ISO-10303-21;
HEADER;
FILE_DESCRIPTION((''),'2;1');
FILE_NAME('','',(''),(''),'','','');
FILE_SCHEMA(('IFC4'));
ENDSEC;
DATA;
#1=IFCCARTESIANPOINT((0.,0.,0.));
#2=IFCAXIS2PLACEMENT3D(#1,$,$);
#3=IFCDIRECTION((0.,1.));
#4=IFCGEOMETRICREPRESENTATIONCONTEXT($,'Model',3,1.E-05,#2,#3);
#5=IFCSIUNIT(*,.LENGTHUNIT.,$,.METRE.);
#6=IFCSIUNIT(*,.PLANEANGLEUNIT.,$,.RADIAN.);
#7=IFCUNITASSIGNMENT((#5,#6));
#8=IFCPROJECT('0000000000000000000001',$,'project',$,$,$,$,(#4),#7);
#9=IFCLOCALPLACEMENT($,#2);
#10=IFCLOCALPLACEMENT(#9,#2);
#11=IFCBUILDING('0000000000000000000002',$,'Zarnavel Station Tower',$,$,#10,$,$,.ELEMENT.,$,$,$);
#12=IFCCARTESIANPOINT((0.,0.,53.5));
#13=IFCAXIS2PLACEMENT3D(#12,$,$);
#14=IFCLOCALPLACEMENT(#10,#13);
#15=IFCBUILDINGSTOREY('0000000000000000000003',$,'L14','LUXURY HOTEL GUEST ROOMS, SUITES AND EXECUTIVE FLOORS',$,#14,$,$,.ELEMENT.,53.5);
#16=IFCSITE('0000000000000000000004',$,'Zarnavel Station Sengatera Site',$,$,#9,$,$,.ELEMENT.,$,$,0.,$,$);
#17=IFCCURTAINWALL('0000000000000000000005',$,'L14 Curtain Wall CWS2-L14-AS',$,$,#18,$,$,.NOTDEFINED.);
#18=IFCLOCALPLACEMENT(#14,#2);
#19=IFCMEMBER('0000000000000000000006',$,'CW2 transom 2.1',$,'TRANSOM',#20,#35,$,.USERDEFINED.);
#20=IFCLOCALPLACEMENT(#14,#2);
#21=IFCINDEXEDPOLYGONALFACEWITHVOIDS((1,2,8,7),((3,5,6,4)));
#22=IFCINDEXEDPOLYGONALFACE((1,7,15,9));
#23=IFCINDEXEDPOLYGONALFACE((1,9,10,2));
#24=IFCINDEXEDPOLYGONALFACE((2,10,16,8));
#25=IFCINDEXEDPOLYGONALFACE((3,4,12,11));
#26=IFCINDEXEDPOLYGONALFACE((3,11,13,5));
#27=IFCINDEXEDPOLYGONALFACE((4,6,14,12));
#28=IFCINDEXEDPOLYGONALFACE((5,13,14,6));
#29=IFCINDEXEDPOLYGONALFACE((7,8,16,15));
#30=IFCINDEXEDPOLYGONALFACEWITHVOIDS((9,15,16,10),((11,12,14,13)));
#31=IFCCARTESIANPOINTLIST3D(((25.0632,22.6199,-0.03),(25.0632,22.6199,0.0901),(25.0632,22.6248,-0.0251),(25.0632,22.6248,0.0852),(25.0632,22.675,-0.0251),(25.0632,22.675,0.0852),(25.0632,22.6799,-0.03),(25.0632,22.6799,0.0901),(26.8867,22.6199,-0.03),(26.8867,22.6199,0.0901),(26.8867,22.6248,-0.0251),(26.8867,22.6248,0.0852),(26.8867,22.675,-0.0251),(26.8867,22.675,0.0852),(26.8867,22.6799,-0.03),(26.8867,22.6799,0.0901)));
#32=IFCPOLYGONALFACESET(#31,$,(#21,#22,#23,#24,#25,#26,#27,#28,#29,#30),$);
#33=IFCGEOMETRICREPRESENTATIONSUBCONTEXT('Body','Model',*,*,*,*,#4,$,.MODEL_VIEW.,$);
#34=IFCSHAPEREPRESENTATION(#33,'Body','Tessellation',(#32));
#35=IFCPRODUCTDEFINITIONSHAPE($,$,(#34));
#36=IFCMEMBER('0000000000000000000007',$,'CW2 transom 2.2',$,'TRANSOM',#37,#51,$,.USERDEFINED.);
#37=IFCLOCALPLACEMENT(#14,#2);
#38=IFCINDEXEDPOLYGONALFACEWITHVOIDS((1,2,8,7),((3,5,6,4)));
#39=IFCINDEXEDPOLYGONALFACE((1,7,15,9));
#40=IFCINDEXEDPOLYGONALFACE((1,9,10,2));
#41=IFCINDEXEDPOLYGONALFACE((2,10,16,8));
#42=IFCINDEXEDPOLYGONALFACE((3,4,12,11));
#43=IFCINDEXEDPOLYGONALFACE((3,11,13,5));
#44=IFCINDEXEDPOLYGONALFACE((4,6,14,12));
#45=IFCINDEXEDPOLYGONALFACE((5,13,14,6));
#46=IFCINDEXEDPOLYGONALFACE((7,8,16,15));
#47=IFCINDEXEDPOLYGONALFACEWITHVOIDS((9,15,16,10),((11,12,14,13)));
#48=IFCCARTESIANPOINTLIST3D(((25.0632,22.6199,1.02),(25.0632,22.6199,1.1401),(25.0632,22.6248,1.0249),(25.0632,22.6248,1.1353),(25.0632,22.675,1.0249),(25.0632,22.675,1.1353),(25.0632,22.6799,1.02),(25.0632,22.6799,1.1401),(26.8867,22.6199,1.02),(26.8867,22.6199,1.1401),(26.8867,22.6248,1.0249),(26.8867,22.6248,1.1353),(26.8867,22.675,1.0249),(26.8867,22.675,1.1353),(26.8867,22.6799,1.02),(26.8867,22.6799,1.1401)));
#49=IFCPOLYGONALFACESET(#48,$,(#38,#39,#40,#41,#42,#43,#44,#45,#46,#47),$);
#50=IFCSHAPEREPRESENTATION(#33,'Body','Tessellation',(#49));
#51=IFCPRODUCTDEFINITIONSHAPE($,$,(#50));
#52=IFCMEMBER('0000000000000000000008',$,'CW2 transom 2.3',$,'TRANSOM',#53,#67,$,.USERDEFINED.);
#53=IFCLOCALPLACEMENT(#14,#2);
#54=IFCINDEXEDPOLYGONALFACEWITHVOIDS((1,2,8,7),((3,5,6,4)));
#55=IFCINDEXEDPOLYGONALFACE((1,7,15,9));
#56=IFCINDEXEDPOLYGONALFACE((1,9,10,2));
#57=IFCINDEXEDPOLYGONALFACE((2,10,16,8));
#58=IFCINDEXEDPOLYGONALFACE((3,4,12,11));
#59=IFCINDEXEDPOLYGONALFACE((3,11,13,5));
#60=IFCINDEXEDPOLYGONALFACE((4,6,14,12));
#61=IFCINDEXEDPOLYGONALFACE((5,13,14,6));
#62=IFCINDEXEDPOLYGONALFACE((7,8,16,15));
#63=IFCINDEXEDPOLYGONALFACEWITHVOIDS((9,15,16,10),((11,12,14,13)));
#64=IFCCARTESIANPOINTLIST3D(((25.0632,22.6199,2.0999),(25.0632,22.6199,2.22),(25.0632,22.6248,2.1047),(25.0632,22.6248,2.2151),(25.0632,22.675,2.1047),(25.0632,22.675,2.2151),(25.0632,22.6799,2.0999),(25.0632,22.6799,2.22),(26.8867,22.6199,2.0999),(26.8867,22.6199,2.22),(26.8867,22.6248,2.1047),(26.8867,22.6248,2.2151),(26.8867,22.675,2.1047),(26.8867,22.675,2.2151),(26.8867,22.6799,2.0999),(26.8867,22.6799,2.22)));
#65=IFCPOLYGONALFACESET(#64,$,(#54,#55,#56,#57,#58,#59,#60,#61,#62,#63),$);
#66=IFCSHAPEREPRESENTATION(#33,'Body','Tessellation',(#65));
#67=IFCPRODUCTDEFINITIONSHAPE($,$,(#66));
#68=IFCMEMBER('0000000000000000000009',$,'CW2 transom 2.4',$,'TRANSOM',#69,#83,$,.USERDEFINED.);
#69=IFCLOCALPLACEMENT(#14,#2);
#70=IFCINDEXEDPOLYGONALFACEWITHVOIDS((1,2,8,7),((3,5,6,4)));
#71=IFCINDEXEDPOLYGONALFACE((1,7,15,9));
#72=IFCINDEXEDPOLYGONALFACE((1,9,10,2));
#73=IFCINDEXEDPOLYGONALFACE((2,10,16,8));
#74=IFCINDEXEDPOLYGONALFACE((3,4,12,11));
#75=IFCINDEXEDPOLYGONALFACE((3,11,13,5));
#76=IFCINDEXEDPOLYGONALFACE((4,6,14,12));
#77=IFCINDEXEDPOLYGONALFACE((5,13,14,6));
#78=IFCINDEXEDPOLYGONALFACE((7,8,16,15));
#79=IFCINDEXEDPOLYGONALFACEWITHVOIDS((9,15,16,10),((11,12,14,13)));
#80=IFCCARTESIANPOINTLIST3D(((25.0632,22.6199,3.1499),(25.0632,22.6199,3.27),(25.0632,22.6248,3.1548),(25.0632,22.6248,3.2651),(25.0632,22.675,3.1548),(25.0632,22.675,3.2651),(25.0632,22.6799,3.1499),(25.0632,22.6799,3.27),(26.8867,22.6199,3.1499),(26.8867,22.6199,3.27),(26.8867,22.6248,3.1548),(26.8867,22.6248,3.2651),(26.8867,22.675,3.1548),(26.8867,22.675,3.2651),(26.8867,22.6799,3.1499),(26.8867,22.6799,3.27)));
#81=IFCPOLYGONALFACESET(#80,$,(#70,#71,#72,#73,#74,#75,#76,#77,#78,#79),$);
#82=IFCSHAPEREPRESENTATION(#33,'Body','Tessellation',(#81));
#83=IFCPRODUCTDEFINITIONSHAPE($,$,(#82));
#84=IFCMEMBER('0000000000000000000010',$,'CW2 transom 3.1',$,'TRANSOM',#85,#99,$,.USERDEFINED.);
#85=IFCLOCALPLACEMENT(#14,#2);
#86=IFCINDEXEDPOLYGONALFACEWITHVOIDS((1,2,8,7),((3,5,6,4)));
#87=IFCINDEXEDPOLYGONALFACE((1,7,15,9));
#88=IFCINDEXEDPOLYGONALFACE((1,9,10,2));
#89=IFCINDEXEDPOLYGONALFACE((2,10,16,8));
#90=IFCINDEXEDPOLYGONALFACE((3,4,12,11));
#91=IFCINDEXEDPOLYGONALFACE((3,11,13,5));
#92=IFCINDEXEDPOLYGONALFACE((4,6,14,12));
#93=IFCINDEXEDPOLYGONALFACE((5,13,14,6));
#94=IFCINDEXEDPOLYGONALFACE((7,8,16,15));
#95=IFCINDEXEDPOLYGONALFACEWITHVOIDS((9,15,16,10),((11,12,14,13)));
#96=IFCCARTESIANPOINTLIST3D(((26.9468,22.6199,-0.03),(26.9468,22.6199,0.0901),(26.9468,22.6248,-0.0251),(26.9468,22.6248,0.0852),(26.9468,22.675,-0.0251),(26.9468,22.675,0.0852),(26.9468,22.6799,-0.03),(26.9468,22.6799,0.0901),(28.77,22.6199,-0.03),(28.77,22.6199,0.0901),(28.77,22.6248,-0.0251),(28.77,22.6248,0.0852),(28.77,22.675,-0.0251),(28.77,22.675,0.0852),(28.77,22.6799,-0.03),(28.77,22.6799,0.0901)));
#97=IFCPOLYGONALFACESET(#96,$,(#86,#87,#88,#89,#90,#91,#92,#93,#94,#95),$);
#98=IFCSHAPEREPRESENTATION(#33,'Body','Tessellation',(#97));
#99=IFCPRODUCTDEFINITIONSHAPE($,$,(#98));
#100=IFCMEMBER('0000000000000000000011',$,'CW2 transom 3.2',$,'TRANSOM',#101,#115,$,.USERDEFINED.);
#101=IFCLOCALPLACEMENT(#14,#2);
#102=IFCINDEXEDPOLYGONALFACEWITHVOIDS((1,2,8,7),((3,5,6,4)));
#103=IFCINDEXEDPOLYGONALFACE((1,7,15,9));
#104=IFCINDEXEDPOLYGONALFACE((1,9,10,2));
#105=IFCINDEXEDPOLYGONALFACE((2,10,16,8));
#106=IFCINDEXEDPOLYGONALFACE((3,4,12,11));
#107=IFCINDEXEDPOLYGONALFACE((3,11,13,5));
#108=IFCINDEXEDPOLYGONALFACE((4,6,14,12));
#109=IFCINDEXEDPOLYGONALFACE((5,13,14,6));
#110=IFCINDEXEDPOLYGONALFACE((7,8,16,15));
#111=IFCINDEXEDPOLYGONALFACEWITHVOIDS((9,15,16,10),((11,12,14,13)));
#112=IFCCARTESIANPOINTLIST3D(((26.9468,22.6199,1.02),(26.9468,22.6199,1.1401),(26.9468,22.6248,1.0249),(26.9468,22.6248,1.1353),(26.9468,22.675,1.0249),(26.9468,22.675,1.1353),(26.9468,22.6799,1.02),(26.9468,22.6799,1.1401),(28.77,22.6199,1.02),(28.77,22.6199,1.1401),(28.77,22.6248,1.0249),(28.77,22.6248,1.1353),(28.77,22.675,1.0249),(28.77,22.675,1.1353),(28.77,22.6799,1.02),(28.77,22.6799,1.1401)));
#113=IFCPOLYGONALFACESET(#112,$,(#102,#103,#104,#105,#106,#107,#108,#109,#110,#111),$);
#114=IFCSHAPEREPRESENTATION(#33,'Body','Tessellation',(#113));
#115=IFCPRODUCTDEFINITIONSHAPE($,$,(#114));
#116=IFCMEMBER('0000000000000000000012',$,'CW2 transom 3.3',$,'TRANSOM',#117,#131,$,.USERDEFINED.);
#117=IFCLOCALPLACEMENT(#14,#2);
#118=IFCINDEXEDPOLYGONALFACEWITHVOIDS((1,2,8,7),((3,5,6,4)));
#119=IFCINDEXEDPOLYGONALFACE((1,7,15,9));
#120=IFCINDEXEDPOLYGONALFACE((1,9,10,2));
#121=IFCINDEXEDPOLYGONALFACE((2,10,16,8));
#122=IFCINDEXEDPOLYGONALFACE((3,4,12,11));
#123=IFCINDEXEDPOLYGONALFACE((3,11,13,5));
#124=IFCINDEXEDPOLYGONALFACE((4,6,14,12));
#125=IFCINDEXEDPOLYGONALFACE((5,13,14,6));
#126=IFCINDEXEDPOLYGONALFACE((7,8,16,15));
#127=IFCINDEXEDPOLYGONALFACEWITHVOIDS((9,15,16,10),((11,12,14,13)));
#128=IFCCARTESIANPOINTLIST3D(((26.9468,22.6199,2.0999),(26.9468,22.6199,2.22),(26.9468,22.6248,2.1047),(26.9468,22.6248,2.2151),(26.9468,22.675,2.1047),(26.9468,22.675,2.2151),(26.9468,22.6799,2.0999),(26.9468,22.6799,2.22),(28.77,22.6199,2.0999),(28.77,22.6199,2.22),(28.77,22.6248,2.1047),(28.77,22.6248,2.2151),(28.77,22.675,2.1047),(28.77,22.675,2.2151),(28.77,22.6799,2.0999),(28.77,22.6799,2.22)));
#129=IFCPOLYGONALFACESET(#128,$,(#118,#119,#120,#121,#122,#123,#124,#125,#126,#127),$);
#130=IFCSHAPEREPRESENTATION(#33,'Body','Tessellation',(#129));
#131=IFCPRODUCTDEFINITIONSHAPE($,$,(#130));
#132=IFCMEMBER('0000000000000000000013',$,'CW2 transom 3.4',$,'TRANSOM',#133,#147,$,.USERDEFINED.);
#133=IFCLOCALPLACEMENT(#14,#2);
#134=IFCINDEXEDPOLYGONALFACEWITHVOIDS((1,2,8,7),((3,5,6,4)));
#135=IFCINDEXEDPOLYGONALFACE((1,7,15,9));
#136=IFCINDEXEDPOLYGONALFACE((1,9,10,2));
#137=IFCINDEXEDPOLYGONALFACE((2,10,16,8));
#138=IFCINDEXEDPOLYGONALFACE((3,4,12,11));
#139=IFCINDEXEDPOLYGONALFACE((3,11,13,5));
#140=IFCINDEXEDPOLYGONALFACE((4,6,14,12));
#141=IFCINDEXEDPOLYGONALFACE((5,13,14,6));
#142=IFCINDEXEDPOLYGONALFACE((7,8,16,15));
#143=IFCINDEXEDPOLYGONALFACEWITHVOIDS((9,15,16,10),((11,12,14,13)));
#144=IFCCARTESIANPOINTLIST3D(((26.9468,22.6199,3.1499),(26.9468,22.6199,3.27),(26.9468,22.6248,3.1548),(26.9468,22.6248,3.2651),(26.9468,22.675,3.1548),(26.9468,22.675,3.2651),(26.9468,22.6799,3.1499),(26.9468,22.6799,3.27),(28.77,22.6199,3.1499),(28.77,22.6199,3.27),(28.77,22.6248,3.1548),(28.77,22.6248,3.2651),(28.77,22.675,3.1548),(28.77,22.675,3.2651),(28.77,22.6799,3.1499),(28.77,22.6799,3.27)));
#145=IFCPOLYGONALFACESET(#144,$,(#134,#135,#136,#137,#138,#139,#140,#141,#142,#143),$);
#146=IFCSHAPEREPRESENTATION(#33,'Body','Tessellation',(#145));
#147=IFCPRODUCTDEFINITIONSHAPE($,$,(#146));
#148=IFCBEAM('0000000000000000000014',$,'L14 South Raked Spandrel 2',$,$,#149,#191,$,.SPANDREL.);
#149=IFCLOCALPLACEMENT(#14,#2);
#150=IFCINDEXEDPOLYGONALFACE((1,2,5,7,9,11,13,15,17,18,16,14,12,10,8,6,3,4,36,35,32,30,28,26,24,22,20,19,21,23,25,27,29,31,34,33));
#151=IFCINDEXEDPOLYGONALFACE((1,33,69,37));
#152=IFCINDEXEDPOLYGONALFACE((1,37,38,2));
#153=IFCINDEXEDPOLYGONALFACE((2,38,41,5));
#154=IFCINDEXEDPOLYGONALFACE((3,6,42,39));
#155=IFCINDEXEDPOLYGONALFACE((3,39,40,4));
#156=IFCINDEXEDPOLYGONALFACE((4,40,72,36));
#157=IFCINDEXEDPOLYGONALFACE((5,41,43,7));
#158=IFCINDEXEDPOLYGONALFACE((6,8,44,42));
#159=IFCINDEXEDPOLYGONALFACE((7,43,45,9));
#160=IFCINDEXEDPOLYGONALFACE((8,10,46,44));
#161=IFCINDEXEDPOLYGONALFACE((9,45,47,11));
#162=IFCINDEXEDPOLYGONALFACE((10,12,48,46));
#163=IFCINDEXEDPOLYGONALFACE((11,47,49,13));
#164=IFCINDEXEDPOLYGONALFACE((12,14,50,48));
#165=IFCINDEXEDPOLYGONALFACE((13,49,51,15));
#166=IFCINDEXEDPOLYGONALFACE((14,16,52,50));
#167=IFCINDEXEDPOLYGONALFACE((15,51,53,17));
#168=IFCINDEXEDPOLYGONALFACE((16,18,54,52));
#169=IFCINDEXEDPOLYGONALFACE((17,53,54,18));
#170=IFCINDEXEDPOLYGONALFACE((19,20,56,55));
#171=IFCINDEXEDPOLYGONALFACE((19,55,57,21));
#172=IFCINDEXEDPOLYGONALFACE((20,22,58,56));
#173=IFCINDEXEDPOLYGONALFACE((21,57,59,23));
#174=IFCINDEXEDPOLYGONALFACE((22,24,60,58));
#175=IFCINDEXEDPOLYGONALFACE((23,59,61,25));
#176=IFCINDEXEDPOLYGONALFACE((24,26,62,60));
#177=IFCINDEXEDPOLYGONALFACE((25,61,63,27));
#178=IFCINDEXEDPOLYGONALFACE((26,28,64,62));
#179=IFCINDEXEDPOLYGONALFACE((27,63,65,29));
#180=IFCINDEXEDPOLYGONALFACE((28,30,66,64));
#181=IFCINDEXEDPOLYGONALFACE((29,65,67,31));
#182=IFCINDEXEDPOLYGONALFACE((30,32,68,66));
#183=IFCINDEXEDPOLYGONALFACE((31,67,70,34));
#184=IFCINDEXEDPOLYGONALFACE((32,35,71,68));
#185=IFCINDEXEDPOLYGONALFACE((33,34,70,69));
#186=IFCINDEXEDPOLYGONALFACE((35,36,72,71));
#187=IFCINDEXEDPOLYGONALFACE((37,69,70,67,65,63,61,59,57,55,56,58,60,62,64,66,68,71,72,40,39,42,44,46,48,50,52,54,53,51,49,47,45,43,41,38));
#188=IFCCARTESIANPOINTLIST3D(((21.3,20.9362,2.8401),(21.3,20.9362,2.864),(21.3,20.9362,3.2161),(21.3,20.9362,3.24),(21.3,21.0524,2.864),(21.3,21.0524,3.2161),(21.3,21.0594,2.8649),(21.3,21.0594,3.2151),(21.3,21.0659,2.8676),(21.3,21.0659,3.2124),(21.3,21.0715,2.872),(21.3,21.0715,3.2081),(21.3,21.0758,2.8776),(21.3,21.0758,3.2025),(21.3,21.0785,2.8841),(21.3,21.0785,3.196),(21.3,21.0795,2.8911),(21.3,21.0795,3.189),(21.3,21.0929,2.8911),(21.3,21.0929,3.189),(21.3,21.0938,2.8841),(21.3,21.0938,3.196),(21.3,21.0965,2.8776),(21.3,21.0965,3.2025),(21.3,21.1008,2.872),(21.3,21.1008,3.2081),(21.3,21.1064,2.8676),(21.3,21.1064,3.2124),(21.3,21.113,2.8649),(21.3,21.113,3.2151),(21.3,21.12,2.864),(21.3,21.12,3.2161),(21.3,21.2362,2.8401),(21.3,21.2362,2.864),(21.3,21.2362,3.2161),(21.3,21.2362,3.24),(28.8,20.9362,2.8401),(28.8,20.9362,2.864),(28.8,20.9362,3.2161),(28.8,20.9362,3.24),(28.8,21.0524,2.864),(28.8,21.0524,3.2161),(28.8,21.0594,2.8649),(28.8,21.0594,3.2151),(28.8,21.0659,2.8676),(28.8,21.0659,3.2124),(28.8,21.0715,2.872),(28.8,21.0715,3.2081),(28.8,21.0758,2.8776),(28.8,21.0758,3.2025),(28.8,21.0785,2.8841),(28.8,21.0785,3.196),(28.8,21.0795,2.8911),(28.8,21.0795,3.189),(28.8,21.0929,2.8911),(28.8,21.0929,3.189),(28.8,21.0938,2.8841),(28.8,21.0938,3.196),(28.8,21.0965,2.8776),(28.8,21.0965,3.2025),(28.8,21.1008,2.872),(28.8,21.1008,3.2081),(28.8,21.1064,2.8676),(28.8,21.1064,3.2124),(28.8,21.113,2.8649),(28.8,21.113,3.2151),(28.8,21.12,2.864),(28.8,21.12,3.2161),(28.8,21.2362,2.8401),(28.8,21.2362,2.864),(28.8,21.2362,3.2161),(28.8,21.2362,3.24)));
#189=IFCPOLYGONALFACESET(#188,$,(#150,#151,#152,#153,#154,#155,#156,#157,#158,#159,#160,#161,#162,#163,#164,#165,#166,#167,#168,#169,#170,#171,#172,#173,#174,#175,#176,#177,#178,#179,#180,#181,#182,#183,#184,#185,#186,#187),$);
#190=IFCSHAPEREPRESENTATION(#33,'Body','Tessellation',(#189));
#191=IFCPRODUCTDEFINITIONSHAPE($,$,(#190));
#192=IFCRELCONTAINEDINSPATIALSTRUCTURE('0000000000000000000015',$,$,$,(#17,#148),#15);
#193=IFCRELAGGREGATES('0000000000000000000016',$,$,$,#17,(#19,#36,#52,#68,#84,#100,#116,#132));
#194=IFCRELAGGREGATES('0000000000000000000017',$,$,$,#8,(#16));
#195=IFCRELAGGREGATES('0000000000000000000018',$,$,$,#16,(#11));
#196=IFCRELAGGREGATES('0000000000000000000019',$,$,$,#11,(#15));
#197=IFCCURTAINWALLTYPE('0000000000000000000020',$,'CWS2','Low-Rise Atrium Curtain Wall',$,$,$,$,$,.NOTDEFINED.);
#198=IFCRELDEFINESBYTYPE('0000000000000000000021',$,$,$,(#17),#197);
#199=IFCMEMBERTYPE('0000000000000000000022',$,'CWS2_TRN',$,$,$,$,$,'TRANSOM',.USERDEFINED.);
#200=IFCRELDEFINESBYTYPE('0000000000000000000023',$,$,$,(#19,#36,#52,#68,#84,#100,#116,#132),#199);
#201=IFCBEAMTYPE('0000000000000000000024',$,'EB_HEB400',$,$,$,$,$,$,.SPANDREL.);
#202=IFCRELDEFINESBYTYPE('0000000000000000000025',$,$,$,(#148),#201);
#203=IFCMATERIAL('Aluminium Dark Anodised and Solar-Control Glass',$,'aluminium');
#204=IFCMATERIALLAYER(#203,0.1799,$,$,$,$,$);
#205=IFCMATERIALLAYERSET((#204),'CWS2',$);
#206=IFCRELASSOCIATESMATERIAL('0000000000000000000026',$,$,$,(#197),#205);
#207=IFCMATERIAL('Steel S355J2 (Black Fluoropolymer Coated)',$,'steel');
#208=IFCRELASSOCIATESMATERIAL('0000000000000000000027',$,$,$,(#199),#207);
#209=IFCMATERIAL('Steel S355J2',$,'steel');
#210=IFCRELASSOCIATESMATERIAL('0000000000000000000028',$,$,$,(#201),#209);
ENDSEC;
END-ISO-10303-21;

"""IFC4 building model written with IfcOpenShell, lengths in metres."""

from ifc_helpers import new_model, si_unit, direction, frame, origin, origin_2d, place, context, subcontext, project, spatial, hollow_rectangle, i_section, extrude, material, layer, layer_set, material_profile, profile_set, type_object, element, aggregate, save


model = new_model("IFC4")

# Units and contexts
model_context = context("Model", 3, precision=1e-05, world=origin(), true_north=direction((0.0, 1.0)))
body_context = subcontext(model_context, "Body", "Model", "MODEL_VIEW")
ifc_project = project(units=[si_unit("LENGTHUNIT", "METRE"), si_unit("PLANEANGLEUNIT", "RADIAN")], contexts=[model_context])

# Site, building, storey
site_placement = place(None, origin())
site = spatial("IfcSite", under=ifc_project, at=site_placement, Name="Zarnavel Station Sengatera Site", CompositionType="ELEMENT", RefElevation=0.0)
building_placement = place(site_placement, origin())
building = spatial("IfcBuilding", under=site, at=building_placement, Name="Zarnavel Station Tower", CompositionType="ELEMENT")
storey_placement = place(building_placement, frame((0.0, 0.0, 53.5)))
storey = spatial("IfcBuildingStorey", under=building, at=storey_placement, Name="L14", Description="LUXURY HOTEL GUEST ROOMS, SUITES AND EXECUTIVE FLOORS", CompositionType="ELEMENT", Elevation=53.5)

# Curtain wall, members
ifc_material_1 = material(Name="Aluminium Dark Anodised and Solar-Control Glass", Category="aluminium")
ifc_layer_1 = layer(ifc_material_1, 0.1799)
ifc_layer_set_1 = layer_set([ifc_layer_1], Name="CWS2")
curtain_wall_type = type_object("IfcCurtainWallType", Name="CWS2", Description="Low-Rise Atrium Curtain Wall", PredefinedType="NOTDEFINED", material=ifc_layer_set_1)
curtain_wall_placement = place(storey_placement, origin())
curtain_wall = element("IfcCurtainWall", 1, at=curtain_wall_placement, inside=storey, type_object=curtain_wall_type, Name="L14 Curtain Wall CWS2-L14-AS", PredefinedType="NOTDEFINED")
ifc_material_2 = material(Name="Steel S355J2 (Black Fluoropolymer Coated)", Category="steel")
ifc_material_profile_1 = material_profile(ifc_material_2, hollow_rectangle(XDim=0.0601, YDim=0.1201, WallThickness=0.0049, at=origin_2d()), Name="RHS120x60x5")
ifc_profile_set_1 = profile_set([ifc_material_profile_1], Name="Steel S355J2 (Black Fluoropolymer Coated)")
member_type_1 = type_object("IfcMemberType", Name="CWS2_TRN", ElementType="TRANSOM", PredefinedType="USERDEFINED", material=ifc_profile_set_1)
member_1_placement = place(storey_placement, frame((25.0632, 22.6499, 0.03), z_axis=(1.0, 0.0, 0.0), x_axis=(0.0, 1.0, 0.0)))
member_1 = element("IfcMember", 2, at=member_1_placement, type_object=member_type_1, Name="CW2 transom 2.1", ObjectType="TRANSOM", PredefinedType="USERDEFINED", context=body_context, shape_type="SweptSolid", body=[
    extrude(hollow_rectangle(XDim=0.0601, YDim=0.1201, WallThickness=0.0049, at=origin_2d()), origin(), (0.0, 0.0, 1.0), 1.8235),
])
member_2_placement = place(storey_placement, frame((25.0632, 22.6499, 1.0801), z_axis=(1.0, 0.0, 0.0), x_axis=(0.0, 1.0, 0.0)))
member_2 = element("IfcMember", 3, at=member_2_placement, type_object=member_type_1, Name="CW2 transom 2.2", ObjectType="TRANSOM", PredefinedType="USERDEFINED", context=body_context, shape_type="SweptSolid", body=[
    extrude(hollow_rectangle(XDim=0.0601, YDim=0.1201, WallThickness=0.0049, at=origin_2d()), origin(), (0.0, 0.0, 1.0), 1.8235),
])
member_3_placement = place(storey_placement, frame((25.0632, 22.6499, 2.1599), z_axis=(1.0, 0.0, 0.0), x_axis=(0.0, 1.0, 0.0)))
member_3 = element("IfcMember", 4, at=member_3_placement, type_object=member_type_1, Name="CW2 transom 2.3", ObjectType="TRANSOM", PredefinedType="USERDEFINED", context=body_context, shape_type="SweptSolid", body=[
    extrude(hollow_rectangle(XDim=0.0601, YDim=0.1201, WallThickness=0.0049, at=origin_2d()), origin(), (0.0, 0.0, 1.0), 1.8235),
])
member_4_placement = place(storey_placement, frame((25.0632, 22.6499, 3.21), z_axis=(1.0, 0.0, 0.0), x_axis=(0.0, 1.0, 0.0)))
member_4 = element("IfcMember", 5, at=member_4_placement, type_object=member_type_1, Name="CW2 transom 2.4", ObjectType="TRANSOM", PredefinedType="USERDEFINED", context=body_context, shape_type="SweptSolid", body=[
    extrude(hollow_rectangle(XDim=0.0601, YDim=0.1201, WallThickness=0.0049, at=origin_2d()), origin(), (0.0, 0.0, 1.0), 1.8235),
])
member_5_placement = place(storey_placement, frame((26.9468, 22.6499, 0.03), z_axis=(1.0, 0.0, 0.0), x_axis=(0.0, 1.0, 0.0)))
member_5 = element("IfcMember", 6, at=member_5_placement, type_object=member_type_1, Name="CW2 transom 3.1", ObjectType="TRANSOM", PredefinedType="USERDEFINED", context=body_context, shape_type="SweptSolid", body=[
    extrude(hollow_rectangle(XDim=0.0601, YDim=0.1201, WallThickness=0.0049, at=origin_2d()), origin(), (0.0, 0.0, 1.0), 1.8232),
])
member_6_placement = place(storey_placement, frame((26.9468, 22.6499, 1.0801), z_axis=(1.0, 0.0, 0.0), x_axis=(0.0, 1.0, 0.0)))
member_6 = element("IfcMember", 7, at=member_6_placement, type_object=member_type_1, Name="CW2 transom 3.2", ObjectType="TRANSOM", PredefinedType="USERDEFINED", context=body_context, shape_type="SweptSolid", body=[
    extrude(hollow_rectangle(XDim=0.0601, YDim=0.1201, WallThickness=0.0049, at=origin_2d()), origin(), (0.0, 0.0, 1.0), 1.8232),
])
member_7_placement = place(storey_placement, frame((26.9468, 22.6499, 2.1599), z_axis=(1.0, 0.0, 0.0), x_axis=(0.0, 1.0, 0.0)))
member_7 = element("IfcMember", 8, at=member_7_placement, type_object=member_type_1, Name="CW2 transom 3.3", ObjectType="TRANSOM", PredefinedType="USERDEFINED", context=body_context, shape_type="SweptSolid", body=[
    extrude(hollow_rectangle(XDim=0.0601, YDim=0.1201, WallThickness=0.0049, at=origin_2d()), origin(), (0.0, 0.0, 1.0), 1.8232),
])
member_8_placement = place(storey_placement, frame((26.9468, 22.6499, 3.21), z_axis=(1.0, 0.0, 0.0), x_axis=(0.0, 1.0, 0.0)))
member_8 = element("IfcMember", 9, at=member_8_placement, type_object=member_type_1, Name="CW2 transom 3.4", ObjectType="TRANSOM", PredefinedType="USERDEFINED", context=body_context, shape_type="SweptSolid", body=[
    extrude(hollow_rectangle(XDim=0.0601, YDim=0.1201, WallThickness=0.0049, at=origin_2d()), origin(), (0.0, 0.0, 1.0), 1.8232),
])

# Beam
ifc_material_3 = material(Name="Steel S355J2", Category="steel")
ifc_material_profile_2 = material_profile(ifc_material_3, i_section(OverallWidth=0.3, OverallDepth=0.3999, WebThickness=0.0134, FlangeThickness=0.0239, FilletRadius=0.0271, at=origin_2d()), Name="HEB400")
ifc_profile_set_2 = profile_set([ifc_material_profile_2], Name="Steel S355J2")
beam_type_1 = type_object("IfcBeamType", Name="EB_HEB400", PredefinedType="SPANDREL", material=ifc_profile_set_2)
beam_1_placement = place(storey_placement, frame((21.3, 21.0862, 3.04), z_axis=(1.0, 0.0, 0.0), x_axis=(0.0, 1.0, 0.0)))
element("IfcBeam", 10, at=beam_1_placement, inside=storey, type_object=beam_type_1, Name="L14 South Raked Spandrel 2", PredefinedType="SPANDREL", context=body_context, shape_type="SweptSolid", body=[
    extrude(i_section(OverallWidth=0.3, OverallDepth=0.3999, WebThickness=0.0134, FlangeThickness=0.0239, FilletRadius=0.0271, at=origin_2d()), origin(), (0.0, 0.0, 1.0), 7.5),
])

aggregate(curtain_wall, [member_1, member_2, member_3, member_4, member_5, member_6, member_7, member_8])

save(model, "model.ifc")
